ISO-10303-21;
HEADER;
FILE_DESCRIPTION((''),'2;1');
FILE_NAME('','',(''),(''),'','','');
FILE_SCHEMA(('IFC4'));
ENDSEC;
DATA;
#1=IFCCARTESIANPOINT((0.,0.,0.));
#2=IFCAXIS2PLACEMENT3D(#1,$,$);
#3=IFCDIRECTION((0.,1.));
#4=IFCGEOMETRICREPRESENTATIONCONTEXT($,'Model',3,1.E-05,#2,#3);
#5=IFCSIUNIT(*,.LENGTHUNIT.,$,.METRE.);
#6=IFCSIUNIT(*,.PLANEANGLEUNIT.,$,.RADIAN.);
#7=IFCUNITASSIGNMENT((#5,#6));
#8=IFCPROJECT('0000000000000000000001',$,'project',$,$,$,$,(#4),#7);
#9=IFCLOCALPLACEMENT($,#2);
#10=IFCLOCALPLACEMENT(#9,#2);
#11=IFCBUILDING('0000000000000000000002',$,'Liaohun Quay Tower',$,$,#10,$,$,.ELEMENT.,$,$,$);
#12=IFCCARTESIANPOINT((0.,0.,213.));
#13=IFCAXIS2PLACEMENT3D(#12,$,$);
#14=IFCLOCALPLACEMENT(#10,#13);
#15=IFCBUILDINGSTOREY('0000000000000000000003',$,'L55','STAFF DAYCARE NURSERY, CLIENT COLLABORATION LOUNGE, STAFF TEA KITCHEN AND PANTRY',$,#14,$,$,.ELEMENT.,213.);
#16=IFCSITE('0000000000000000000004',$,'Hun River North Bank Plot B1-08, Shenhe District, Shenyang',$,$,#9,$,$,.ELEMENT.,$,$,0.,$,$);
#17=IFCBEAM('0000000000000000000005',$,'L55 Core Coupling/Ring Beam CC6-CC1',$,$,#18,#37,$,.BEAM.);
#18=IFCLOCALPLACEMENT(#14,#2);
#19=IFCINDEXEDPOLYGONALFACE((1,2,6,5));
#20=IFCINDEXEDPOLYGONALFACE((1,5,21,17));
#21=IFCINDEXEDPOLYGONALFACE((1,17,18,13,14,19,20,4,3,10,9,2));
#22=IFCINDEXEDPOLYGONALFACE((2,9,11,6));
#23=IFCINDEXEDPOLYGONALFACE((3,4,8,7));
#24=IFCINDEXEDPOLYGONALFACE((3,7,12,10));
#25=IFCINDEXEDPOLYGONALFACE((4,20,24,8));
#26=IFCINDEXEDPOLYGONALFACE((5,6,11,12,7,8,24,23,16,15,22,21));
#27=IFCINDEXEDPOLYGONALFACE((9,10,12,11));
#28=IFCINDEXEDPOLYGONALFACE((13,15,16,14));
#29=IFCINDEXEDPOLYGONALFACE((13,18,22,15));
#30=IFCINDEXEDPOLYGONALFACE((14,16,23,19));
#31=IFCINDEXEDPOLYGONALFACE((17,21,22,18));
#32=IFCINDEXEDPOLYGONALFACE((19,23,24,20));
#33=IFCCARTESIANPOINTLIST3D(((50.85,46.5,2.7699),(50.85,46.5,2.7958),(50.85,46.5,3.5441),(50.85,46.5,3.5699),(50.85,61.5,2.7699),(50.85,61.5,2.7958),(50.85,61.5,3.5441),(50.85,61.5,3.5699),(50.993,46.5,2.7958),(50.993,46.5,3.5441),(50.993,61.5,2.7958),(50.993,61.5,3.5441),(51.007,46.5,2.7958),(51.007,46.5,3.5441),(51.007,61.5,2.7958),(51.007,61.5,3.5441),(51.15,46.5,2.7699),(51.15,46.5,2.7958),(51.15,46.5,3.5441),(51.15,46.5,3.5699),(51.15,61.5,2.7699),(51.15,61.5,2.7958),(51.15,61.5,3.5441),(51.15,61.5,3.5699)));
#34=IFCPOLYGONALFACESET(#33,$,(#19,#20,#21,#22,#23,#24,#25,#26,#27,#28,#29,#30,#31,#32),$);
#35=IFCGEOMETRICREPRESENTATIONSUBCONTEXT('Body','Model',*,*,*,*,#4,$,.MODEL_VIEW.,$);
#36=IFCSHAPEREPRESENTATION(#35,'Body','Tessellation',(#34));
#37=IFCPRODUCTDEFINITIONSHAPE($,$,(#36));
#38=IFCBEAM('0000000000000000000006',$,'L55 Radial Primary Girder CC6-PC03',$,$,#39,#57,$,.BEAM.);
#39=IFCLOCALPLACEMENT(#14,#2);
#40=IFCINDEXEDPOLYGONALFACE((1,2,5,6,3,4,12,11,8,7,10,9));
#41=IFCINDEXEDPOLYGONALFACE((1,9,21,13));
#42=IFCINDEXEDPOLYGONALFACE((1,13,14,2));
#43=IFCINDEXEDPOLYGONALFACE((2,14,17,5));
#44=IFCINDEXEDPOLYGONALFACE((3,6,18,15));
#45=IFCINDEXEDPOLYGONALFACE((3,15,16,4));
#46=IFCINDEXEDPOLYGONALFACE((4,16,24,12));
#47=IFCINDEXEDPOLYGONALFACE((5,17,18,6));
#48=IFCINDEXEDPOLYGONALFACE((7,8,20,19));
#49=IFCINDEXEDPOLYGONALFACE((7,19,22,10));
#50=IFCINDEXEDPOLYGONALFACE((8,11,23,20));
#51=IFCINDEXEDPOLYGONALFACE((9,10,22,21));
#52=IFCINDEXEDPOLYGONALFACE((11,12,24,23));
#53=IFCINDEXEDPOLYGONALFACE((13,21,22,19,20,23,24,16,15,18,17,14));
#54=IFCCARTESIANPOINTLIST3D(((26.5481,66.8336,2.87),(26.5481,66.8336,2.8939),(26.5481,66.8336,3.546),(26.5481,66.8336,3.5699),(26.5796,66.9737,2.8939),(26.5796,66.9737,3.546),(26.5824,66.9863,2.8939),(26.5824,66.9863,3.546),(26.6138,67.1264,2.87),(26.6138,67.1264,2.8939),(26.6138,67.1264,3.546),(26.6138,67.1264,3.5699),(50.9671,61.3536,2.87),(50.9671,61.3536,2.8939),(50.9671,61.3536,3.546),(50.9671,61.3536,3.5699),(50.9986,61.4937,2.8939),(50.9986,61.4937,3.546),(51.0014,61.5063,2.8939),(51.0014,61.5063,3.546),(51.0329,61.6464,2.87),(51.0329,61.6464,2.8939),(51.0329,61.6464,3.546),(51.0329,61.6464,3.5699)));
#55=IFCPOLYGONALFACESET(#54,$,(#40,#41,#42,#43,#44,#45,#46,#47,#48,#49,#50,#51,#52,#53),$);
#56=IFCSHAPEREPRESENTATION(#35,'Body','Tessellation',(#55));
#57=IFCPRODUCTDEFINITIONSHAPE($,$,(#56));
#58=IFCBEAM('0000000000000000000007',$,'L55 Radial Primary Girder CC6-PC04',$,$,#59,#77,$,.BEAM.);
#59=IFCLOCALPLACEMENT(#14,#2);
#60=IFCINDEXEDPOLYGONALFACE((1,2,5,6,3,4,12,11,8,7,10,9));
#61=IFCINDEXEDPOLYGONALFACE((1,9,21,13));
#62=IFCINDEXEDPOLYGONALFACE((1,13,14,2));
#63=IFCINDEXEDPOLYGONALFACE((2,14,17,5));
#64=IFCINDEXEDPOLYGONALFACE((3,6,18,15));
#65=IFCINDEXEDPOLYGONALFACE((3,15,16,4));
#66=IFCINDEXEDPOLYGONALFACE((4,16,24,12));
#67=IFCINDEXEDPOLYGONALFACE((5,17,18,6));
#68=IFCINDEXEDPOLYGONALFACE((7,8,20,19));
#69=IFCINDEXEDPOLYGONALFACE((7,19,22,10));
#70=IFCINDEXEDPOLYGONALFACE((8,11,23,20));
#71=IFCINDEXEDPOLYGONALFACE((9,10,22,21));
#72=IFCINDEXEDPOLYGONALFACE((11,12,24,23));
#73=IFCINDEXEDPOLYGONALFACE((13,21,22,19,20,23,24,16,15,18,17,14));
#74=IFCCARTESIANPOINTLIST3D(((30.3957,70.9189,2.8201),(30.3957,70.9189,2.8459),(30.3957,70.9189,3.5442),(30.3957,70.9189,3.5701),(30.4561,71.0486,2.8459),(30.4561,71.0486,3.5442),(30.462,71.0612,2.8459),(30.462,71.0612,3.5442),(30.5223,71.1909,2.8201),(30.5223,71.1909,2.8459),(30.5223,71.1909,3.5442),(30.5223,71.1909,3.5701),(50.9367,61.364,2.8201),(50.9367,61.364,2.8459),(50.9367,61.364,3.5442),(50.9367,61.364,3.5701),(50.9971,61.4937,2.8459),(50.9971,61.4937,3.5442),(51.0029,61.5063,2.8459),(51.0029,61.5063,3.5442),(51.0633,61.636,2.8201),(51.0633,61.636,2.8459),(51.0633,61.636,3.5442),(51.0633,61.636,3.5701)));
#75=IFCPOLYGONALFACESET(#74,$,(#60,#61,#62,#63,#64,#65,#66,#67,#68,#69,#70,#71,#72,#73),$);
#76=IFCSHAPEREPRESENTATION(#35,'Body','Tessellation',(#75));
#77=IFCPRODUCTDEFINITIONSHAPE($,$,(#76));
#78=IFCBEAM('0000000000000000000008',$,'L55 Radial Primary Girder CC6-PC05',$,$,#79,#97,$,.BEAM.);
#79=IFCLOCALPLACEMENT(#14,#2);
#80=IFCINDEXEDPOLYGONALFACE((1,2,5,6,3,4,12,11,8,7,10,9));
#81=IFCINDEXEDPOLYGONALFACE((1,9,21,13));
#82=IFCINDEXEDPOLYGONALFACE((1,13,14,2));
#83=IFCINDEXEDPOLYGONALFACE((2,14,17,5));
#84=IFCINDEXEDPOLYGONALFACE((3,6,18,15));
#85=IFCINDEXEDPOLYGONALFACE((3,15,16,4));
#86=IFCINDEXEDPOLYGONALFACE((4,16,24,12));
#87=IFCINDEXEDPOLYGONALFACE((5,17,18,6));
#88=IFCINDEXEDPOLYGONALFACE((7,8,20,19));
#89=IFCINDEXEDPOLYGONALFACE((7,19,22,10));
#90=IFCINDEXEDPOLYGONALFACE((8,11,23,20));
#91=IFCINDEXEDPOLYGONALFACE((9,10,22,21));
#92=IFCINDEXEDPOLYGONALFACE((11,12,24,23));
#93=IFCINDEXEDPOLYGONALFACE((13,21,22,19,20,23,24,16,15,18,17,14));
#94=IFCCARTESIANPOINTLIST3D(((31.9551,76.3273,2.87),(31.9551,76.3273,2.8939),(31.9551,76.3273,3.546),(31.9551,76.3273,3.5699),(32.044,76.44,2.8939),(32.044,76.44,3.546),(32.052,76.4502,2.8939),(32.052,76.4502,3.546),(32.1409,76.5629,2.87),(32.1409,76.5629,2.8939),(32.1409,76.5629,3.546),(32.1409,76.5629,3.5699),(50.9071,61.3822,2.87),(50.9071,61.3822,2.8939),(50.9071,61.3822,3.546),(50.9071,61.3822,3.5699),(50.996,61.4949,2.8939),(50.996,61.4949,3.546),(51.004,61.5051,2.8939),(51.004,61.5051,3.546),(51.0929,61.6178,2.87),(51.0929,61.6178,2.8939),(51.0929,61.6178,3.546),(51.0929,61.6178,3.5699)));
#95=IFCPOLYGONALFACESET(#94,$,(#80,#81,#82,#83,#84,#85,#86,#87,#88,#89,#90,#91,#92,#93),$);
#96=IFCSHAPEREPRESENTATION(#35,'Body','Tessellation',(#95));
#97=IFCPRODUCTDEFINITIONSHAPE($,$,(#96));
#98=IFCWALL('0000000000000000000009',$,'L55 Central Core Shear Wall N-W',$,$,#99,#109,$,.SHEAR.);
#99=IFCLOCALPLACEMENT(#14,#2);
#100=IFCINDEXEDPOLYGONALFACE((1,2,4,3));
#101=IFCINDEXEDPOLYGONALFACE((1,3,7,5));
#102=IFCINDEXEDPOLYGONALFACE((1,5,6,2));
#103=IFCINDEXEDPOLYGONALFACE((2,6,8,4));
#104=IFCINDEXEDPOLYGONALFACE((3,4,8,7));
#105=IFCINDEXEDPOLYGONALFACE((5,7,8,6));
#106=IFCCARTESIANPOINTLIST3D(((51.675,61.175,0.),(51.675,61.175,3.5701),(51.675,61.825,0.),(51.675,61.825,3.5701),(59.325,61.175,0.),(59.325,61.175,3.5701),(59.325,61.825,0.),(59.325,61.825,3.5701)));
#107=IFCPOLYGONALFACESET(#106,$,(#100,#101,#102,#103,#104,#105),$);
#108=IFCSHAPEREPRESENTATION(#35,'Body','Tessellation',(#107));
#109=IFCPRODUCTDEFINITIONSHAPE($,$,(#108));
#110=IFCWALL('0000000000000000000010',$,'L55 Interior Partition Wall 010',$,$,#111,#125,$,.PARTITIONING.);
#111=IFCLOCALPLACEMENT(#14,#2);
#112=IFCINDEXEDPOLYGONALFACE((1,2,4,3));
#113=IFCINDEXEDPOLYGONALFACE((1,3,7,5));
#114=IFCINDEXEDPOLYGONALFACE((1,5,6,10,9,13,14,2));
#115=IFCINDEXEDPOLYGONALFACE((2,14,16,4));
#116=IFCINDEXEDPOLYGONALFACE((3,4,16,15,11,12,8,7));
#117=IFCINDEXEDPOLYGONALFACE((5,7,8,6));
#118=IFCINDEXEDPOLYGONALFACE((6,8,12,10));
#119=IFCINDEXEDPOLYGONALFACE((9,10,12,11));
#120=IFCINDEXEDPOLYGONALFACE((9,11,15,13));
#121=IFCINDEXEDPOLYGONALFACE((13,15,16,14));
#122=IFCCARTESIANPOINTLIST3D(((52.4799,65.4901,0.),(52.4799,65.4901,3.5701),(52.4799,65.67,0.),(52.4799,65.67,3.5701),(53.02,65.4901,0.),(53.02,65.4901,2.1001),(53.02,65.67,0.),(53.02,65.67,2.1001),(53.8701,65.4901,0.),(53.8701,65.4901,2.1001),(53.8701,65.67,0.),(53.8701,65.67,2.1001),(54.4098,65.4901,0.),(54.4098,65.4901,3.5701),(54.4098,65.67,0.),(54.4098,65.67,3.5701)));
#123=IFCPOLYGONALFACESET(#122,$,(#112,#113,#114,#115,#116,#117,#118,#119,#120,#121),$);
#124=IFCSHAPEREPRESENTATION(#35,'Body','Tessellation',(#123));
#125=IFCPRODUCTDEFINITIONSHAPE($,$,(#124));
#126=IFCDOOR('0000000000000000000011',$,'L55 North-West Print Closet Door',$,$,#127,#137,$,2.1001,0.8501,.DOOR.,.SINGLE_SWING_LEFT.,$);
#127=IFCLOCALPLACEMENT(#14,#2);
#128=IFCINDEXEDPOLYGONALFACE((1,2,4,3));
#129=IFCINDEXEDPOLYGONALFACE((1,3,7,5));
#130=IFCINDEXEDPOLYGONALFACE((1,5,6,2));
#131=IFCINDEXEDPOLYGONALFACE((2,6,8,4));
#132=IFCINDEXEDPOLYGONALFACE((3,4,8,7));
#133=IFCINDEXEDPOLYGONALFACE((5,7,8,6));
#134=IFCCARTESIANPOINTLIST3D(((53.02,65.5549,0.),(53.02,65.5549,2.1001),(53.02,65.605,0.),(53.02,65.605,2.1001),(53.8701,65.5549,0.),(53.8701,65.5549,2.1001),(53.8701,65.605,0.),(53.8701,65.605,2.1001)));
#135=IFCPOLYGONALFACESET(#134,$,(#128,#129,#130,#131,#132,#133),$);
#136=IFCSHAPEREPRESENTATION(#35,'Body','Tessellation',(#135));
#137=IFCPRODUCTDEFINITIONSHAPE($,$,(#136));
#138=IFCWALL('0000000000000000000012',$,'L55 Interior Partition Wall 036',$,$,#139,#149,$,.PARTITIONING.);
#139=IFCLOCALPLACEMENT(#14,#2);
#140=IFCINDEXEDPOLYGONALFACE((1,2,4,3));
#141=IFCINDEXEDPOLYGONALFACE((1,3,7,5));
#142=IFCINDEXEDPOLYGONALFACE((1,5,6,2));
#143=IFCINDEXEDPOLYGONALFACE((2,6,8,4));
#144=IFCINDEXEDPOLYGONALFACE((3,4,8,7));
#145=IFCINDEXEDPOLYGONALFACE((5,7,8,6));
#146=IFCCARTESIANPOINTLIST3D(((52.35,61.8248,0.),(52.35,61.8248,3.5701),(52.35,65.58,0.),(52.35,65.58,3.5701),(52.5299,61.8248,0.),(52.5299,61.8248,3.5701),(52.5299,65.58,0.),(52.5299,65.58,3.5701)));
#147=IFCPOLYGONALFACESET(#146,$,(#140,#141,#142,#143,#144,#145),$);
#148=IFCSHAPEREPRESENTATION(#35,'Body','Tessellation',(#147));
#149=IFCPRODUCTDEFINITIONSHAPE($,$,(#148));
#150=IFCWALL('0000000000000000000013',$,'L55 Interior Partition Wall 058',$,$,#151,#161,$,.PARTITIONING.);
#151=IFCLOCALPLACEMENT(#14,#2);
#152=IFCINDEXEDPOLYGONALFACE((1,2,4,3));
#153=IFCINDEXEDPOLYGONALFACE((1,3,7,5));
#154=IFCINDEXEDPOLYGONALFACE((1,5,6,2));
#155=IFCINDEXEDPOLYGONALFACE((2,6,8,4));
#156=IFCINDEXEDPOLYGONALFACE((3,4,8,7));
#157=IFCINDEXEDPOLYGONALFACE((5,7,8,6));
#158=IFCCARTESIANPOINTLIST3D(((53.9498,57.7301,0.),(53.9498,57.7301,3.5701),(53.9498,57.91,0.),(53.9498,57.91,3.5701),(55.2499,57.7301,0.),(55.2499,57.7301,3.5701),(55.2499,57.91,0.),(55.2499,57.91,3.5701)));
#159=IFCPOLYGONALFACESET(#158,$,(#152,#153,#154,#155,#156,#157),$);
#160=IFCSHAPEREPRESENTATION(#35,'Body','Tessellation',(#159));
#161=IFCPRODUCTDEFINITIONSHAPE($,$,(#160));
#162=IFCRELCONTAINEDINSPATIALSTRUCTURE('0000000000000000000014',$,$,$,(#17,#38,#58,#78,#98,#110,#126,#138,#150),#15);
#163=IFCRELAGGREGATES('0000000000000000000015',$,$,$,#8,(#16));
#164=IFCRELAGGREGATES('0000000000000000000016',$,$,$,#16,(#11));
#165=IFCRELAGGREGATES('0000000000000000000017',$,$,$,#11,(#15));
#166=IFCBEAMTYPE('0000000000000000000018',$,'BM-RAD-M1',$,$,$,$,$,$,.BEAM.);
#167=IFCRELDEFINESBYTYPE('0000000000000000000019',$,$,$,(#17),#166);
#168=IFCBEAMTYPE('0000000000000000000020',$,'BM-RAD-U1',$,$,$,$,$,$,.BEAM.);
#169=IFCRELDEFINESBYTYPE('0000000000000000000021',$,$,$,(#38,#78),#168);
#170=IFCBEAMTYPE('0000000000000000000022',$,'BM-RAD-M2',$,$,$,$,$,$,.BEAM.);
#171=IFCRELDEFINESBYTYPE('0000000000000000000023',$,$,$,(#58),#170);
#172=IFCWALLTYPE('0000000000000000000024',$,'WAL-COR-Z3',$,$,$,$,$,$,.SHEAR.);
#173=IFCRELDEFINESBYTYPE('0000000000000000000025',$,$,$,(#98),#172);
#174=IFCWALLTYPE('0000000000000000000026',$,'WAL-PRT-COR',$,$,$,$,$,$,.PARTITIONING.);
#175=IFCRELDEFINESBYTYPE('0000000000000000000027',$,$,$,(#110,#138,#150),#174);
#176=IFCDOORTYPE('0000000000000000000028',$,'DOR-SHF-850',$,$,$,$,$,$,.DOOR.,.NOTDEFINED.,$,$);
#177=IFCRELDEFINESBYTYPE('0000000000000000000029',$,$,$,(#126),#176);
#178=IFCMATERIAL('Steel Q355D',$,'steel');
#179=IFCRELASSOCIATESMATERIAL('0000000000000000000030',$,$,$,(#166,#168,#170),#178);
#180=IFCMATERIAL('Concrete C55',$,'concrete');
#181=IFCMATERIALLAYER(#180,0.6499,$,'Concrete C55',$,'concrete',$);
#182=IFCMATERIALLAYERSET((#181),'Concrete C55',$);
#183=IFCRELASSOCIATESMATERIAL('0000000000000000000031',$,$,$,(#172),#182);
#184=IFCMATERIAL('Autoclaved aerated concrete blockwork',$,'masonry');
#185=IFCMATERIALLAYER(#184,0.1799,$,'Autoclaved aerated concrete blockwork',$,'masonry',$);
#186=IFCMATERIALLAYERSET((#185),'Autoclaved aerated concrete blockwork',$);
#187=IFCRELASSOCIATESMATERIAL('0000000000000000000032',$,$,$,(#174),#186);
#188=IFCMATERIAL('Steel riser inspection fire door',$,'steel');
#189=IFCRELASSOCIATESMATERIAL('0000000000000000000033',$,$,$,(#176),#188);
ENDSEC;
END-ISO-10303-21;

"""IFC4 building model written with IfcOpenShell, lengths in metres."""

from ifc_helpers import new_model, si_unit, direction, frame, frame_2d, origin, origin_2d, place, context, subcontext, project, spatial, rectangle, i_section, extrude, source, transform, mapped, material, layer, layer_set, material_profile, profile_set, type_object, element, fill, save


model = new_model("IFC4")

# Units and contexts
model_context = context("Model", 3, precision=1e-05, world=origin(), true_north=direction((0.0, 1.0)))
body_context = subcontext(model_context, "Body", "Model", "MODEL_VIEW")
ifc_project = project(units=[si_unit("LENGTHUNIT", "METRE"), si_unit("PLANEANGLEUNIT", "RADIAN")], contexts=[model_context])

# Site, building, storey
site_placement = place(None, origin())
site = spatial("IfcSite", under=ifc_project, at=site_placement, Name="Hun River North Bank Plot B1-08, Shenhe District, Shenyang", CompositionType="ELEMENT", RefElevation=0.0)
building_placement = place(site_placement, origin())
building = spatial("IfcBuilding", under=site, at=building_placement, Name="Liaohun Quay Tower", CompositionType="ELEMENT")
storey_placement = place(building_placement, frame((0.0, 0.0, 213.0)))
storey = spatial("IfcBuildingStorey", under=building, at=storey_placement, Name="L55", Description="STAFF DAYCARE NURSERY, CLIENT COLLABORATION LOUNGE, STAFF TEA KITCHEN AND PANTRY", CompositionType="ELEMENT", Elevation=213.0)

# Beams
ifc_material_1 = material(Name="Steel Q355D", Category="steel")
ifc_material_profile_1 = material_profile(ifc_material_1, i_section(OverallWidth=0.3, OverallDepth=0.8, WebThickness=0.0139, FlangeThickness=0.0259, at=origin_2d()), Name="HN800x300x14x26")
ifc_profile_set_1 = profile_set([ifc_material_profile_1], Name="Steel Q355D")
beam_type_1 = type_object("IfcBeamType", Name="BM-RAD-M1", PredefinedType="BEAM", material=ifc_profile_set_1)
shared_shape_1 = source(origin(), body_context, "Body", "SweptSolid", [
    extrude(i_section(OverallWidth=0.3, OverallDepth=0.8, WebThickness=0.0139, FlangeThickness=0.0259, at=origin_2d()), origin(), (0.0, 0.0, 1.0), 15.0),
])
beam_1_placement = place(storey_placement, frame((51.0, 61.5, 3.1699), z_axis=(0.0, -1.0, 0.0), x_axis=(1.0, 0.0, 0.0)))
element("IfcBeam", 1, at=beam_1_placement, inside=storey, type_object=beam_type_1, Name="L55 Core Coupling/Ring Beam CC6-CC1", PredefinedType="BEAM", context=body_context, shape_type="MappedRepresentation", body=[
    mapped(shared_shape_1, transform((0.0, 0.0, 0.0), x_axis=(1.0, 0.0, 0.0), y_axis=(0.0, 1.0, 0.0), z_axis=(0.0, 0.0, 1.0), scale=1.0)),
])
ifc_material_profile_2 = material_profile(ifc_material_1, i_section(OverallWidth=0.3, OverallDepth=0.7, WebThickness=0.0129, FlangeThickness=0.0239, at=origin_2d()), Name="HN700x300x13x24")
ifc_profile_set_2 = profile_set([ifc_material_profile_2], Name="Steel Q355D")
beam_type_2 = type_object("IfcBeamType", Name="BM-RAD-U1", PredefinedType="BEAM", material=ifc_profile_set_2)
shared_shape_2 = source(origin(), body_context, "Body", "SweptSolid", [
    extrude(i_section(OverallWidth=0.3, OverallDepth=0.7, WebThickness=0.0129, FlangeThickness=0.0239, at=origin_2d()), origin(), (0.0, 0.0, 1.0), 25.0264),
])
beam_2_placement = place(storey_placement, frame((51.0, 61.5, 3.22), z_axis=(-0.975732, 0.218969, 0.0), x_axis=(-0.218969, -0.975732, 0.0)))
element("IfcBeam", 2, at=beam_2_placement, inside=storey, type_object=beam_type_2, Name="L55 Radial Primary Girder CC6-PC03", PredefinedType="BEAM", context=body_context, shape_type="MappedRepresentation", body=[
    mapped(shared_shape_2, transform((0.0, 0.0, 0.0), x_axis=(1.0, 0.0, 0.0), y_axis=(0.0, 1.0, 0.0), z_axis=(0.0, 0.0, 1.0), scale=1.0)),
])
ifc_material_profile_3 = material_profile(ifc_material_1, i_section(OverallWidth=0.3, OverallDepth=0.75, WebThickness=0.0139, FlangeThickness=0.0259, at=origin_2d()), Name="HN750x300x14x26")
ifc_profile_set_3 = profile_set([ifc_material_profile_3], Name="Steel Q355D")
beam_type_3 = type_object("IfcBeamType", Name="BM-RAD-M2", PredefinedType="BEAM", material=ifc_profile_set_3)
shared_shape_3 = source(origin(), body_context, "Body", "SweptSolid", [
    extrude(i_section(OverallWidth=0.3, OverallDepth=0.75, WebThickness=0.0139, FlangeThickness=0.0259, at=origin_2d()), origin(), (0.0, 0.0, 1.0), 22.6545),
])
beam_3_placement = place(storey_placement, frame((51.0, 61.5, 3.1951), z_axis=(-0.906705, 0.421766, 0.0), x_axis=(-0.421766, -0.906705, 0.0)))
element("IfcBeam", 3, at=beam_3_placement, inside=storey, type_object=beam_type_3, Name="L55 Radial Primary Girder CC6-PC04", PredefinedType="BEAM", context=body_context, shape_type="MappedRepresentation", body=[
    mapped(shared_shape_3, transform((0.0, 0.0, 0.0), x_axis=(1.0, 0.0, 0.0), y_axis=(0.0, 1.0, 0.0), z_axis=(0.0, 0.0, 1.0), scale=1.0)),
])
shared_shape_4 = source(origin(), body_context, "Body", "SweptSolid", [
    extrude(i_section(OverallWidth=0.3, OverallDepth=0.7, WebThickness=0.0129, FlangeThickness=0.0239, at=origin_2d()), origin(), (0.0, 0.0, 1.0), 24.1357),
])
beam_4_placement = place(storey_placement, frame((51.0, 61.5, 3.22), z_axis=(-0.785224, 0.619211, 0.0), x_axis=(-0.619211, -0.785224, 0.0)))
element("IfcBeam", 4, at=beam_4_placement, inside=storey, type_object=beam_type_2, Name="L55 Radial Primary Girder CC6-PC05", PredefinedType="BEAM", context=body_context, shape_type="MappedRepresentation", body=[
    mapped(shared_shape_4, transform((0.0, 0.0, 0.0), x_axis=(1.0, 0.0, 0.0), y_axis=(0.0, 1.0, 0.0), z_axis=(0.0, 0.0, 1.0), scale=1.0)),
])

# Wall
ifc_material_2 = material(Name="Concrete C55", Category="concrete")
ifc_layer_1 = layer(ifc_material_2, 0.6499, Name="Concrete C55", Category="concrete")
ifc_layer_set_1 = layer_set([ifc_layer_1], Name="Concrete C55")
wall_type_1 = type_object("IfcWallType", Name="WAL-COR-Z3", PredefinedType="SHEAR", material=ifc_layer_set_1)
wall_1_placement = place(storey_placement, frame((51.675, 61.5, 0.0), z_axis=(0.0, 0.0, 1.0), x_axis=(1.0, 0.0, 0.0)))
element("IfcWall", 5, at=wall_1_placement, inside=storey, type_object=wall_type_1, Name="L55 Central Core Shear Wall N-W", PredefinedType="SHEAR", context=body_context, shape_type="SweptSolid", body=[
    extrude(rectangle(XDim=7.6499, YDim=0.6499, at=frame_2d((3.825, 0.0))), origin(), (0.0, 0.0, 1.0), 3.5701),
])

# Wall, opening, door
ifc_material_3 = material(Name="Autoclaved aerated concrete blockwork", Category="masonry")
ifc_layer_2 = layer(ifc_material_3, 0.1799, Name="Autoclaved aerated concrete blockwork", Category="masonry")
ifc_layer_set_2 = layer_set([ifc_layer_2], Name="Autoclaved aerated concrete blockwork")
wall_type_2 = type_object("IfcWallType", Name="WAL-PRT-COR", PredefinedType="PARTITIONING", material=ifc_layer_set_2)
wall_2_placement = place(storey_placement, frame((52.48, 65.5801, 0.0), z_axis=(0.0, 0.0, 1.0), x_axis=(1.0, 0.0, 0.0)))
wall_2 = element("IfcWall", 6, at=wall_2_placement, inside=storey, type_object=wall_type_2, Name="L55 Interior Partition Wall 010", PredefinedType="PARTITIONING", context=body_context, shape_type="SweptSolid", body=[
    extrude(rectangle(XDim=1.9299, YDim=0.1799, at=frame_2d((0.9648, 0.0))), origin(), (0.0, 0.0, 1.0), 3.5701),
])
shared_shape_5 = source(origin(), body_context, "Body", "SweptSolid", [
    extrude(rectangle(XDim=0.8501, YDim=2.1001, at=frame_2d((0.425, 1.05))), frame((0.0, 0.0999, 0.0), z_axis=(0.0, -1.0, 0.0), x_axis=(1.0, 0.0, 0.0)), (0.0, 0.0, 1.0), 0.2),
])
opening_1_placement = place(wall_2_placement, frame((0.54, 0.0, 0.0)))
opening_1 = element("IfcOpeningElement", 7, at=opening_1_placement, cuts=wall_2, PredefinedType="OPENING", context=body_context, shape_type="MappedRepresentation", body=[
    mapped(shared_shape_5, transform((0.0, 0.0, 0.0), x_axis=(1.0, 0.0, 0.0), y_axis=(0.0, 1.0, 0.0), z_axis=(0.0, 0.0, 1.0), scale=1.0)),
])
ifc_material_4 = material(Name="Steel riser inspection fire door", Category="steel")
door_type_1 = type_object("IfcDoorType", Name="DOR-SHF-850", OperationType="NOTDEFINED", PredefinedType="DOOR", material=ifc_material_4)
shared_shape_6 = source(origin(), body_context, "Body", "SweptSolid", [
    extrude(rectangle(XDim=0.8501, YDim=2.1001, at=frame_2d((0.425, 1.05))), frame((0.0, 0.0249, 0.0), z_axis=(0.0, -1.0, 0.0), x_axis=(1.0, 0.0, 0.0)), (0.0, 0.0, 1.0), 0.05),
])
door_1_placement = place(opening_1_placement, origin())
door_1 = element("IfcDoor", 8, at=door_1_placement, inside=storey, type_object=door_type_1, Name="L55 North-West Print Closet Door", OperationType="SINGLE_SWING_LEFT", OverallHeight=2.1001, OverallWidth=0.8501, PredefinedType="DOOR", context=body_context, shape_type="MappedRepresentation", body=[
    mapped(shared_shape_6, transform((0.0, 0.0, 0.0), x_axis=(1.0, 0.0, 0.0), y_axis=(0.0, 1.0, 0.0), z_axis=(0.0, 0.0, 1.0), scale=1.0)),
])
fill(opening_1, door_1)

# Walls
wall_3_placement = place(storey_placement, frame((52.4399, 61.825, 0.0), z_axis=(0.0, 0.0, 1.0), x_axis=(0.0, 1.0, 0.0)))
element("IfcWall", 9, at=wall_3_placement, inside=storey, type_object=wall_type_2, Name="L55 Interior Partition Wall 036", PredefinedType="PARTITIONING", context=body_context, shape_type="SweptSolid", body=[
    extrude(rectangle(XDim=3.7551, YDim=0.1799, at=frame_2d((1.8774, 0.0))), origin(), (0.0, 0.0, 1.0), 3.5701),
])
wall_4_placement = place(storey_placement, frame((53.95, 57.8201, 0.0), z_axis=(0.0, 0.0, 1.0), x_axis=(1.0, 0.0, 0.0)))
element("IfcWall", 10, at=wall_4_placement, inside=storey, type_object=wall_type_2, Name="L55 Interior Partition Wall 058", PredefinedType="PARTITIONING", context=body_context, shape_type="SweptSolid", body=[
    extrude(rectangle(XDim=1.3, YDim=0.1799, at=frame_2d((0.6499, 0.0))), origin(), (0.0, 0.0, 1.0), 3.5701),
])

save(model, "model.ifc")
